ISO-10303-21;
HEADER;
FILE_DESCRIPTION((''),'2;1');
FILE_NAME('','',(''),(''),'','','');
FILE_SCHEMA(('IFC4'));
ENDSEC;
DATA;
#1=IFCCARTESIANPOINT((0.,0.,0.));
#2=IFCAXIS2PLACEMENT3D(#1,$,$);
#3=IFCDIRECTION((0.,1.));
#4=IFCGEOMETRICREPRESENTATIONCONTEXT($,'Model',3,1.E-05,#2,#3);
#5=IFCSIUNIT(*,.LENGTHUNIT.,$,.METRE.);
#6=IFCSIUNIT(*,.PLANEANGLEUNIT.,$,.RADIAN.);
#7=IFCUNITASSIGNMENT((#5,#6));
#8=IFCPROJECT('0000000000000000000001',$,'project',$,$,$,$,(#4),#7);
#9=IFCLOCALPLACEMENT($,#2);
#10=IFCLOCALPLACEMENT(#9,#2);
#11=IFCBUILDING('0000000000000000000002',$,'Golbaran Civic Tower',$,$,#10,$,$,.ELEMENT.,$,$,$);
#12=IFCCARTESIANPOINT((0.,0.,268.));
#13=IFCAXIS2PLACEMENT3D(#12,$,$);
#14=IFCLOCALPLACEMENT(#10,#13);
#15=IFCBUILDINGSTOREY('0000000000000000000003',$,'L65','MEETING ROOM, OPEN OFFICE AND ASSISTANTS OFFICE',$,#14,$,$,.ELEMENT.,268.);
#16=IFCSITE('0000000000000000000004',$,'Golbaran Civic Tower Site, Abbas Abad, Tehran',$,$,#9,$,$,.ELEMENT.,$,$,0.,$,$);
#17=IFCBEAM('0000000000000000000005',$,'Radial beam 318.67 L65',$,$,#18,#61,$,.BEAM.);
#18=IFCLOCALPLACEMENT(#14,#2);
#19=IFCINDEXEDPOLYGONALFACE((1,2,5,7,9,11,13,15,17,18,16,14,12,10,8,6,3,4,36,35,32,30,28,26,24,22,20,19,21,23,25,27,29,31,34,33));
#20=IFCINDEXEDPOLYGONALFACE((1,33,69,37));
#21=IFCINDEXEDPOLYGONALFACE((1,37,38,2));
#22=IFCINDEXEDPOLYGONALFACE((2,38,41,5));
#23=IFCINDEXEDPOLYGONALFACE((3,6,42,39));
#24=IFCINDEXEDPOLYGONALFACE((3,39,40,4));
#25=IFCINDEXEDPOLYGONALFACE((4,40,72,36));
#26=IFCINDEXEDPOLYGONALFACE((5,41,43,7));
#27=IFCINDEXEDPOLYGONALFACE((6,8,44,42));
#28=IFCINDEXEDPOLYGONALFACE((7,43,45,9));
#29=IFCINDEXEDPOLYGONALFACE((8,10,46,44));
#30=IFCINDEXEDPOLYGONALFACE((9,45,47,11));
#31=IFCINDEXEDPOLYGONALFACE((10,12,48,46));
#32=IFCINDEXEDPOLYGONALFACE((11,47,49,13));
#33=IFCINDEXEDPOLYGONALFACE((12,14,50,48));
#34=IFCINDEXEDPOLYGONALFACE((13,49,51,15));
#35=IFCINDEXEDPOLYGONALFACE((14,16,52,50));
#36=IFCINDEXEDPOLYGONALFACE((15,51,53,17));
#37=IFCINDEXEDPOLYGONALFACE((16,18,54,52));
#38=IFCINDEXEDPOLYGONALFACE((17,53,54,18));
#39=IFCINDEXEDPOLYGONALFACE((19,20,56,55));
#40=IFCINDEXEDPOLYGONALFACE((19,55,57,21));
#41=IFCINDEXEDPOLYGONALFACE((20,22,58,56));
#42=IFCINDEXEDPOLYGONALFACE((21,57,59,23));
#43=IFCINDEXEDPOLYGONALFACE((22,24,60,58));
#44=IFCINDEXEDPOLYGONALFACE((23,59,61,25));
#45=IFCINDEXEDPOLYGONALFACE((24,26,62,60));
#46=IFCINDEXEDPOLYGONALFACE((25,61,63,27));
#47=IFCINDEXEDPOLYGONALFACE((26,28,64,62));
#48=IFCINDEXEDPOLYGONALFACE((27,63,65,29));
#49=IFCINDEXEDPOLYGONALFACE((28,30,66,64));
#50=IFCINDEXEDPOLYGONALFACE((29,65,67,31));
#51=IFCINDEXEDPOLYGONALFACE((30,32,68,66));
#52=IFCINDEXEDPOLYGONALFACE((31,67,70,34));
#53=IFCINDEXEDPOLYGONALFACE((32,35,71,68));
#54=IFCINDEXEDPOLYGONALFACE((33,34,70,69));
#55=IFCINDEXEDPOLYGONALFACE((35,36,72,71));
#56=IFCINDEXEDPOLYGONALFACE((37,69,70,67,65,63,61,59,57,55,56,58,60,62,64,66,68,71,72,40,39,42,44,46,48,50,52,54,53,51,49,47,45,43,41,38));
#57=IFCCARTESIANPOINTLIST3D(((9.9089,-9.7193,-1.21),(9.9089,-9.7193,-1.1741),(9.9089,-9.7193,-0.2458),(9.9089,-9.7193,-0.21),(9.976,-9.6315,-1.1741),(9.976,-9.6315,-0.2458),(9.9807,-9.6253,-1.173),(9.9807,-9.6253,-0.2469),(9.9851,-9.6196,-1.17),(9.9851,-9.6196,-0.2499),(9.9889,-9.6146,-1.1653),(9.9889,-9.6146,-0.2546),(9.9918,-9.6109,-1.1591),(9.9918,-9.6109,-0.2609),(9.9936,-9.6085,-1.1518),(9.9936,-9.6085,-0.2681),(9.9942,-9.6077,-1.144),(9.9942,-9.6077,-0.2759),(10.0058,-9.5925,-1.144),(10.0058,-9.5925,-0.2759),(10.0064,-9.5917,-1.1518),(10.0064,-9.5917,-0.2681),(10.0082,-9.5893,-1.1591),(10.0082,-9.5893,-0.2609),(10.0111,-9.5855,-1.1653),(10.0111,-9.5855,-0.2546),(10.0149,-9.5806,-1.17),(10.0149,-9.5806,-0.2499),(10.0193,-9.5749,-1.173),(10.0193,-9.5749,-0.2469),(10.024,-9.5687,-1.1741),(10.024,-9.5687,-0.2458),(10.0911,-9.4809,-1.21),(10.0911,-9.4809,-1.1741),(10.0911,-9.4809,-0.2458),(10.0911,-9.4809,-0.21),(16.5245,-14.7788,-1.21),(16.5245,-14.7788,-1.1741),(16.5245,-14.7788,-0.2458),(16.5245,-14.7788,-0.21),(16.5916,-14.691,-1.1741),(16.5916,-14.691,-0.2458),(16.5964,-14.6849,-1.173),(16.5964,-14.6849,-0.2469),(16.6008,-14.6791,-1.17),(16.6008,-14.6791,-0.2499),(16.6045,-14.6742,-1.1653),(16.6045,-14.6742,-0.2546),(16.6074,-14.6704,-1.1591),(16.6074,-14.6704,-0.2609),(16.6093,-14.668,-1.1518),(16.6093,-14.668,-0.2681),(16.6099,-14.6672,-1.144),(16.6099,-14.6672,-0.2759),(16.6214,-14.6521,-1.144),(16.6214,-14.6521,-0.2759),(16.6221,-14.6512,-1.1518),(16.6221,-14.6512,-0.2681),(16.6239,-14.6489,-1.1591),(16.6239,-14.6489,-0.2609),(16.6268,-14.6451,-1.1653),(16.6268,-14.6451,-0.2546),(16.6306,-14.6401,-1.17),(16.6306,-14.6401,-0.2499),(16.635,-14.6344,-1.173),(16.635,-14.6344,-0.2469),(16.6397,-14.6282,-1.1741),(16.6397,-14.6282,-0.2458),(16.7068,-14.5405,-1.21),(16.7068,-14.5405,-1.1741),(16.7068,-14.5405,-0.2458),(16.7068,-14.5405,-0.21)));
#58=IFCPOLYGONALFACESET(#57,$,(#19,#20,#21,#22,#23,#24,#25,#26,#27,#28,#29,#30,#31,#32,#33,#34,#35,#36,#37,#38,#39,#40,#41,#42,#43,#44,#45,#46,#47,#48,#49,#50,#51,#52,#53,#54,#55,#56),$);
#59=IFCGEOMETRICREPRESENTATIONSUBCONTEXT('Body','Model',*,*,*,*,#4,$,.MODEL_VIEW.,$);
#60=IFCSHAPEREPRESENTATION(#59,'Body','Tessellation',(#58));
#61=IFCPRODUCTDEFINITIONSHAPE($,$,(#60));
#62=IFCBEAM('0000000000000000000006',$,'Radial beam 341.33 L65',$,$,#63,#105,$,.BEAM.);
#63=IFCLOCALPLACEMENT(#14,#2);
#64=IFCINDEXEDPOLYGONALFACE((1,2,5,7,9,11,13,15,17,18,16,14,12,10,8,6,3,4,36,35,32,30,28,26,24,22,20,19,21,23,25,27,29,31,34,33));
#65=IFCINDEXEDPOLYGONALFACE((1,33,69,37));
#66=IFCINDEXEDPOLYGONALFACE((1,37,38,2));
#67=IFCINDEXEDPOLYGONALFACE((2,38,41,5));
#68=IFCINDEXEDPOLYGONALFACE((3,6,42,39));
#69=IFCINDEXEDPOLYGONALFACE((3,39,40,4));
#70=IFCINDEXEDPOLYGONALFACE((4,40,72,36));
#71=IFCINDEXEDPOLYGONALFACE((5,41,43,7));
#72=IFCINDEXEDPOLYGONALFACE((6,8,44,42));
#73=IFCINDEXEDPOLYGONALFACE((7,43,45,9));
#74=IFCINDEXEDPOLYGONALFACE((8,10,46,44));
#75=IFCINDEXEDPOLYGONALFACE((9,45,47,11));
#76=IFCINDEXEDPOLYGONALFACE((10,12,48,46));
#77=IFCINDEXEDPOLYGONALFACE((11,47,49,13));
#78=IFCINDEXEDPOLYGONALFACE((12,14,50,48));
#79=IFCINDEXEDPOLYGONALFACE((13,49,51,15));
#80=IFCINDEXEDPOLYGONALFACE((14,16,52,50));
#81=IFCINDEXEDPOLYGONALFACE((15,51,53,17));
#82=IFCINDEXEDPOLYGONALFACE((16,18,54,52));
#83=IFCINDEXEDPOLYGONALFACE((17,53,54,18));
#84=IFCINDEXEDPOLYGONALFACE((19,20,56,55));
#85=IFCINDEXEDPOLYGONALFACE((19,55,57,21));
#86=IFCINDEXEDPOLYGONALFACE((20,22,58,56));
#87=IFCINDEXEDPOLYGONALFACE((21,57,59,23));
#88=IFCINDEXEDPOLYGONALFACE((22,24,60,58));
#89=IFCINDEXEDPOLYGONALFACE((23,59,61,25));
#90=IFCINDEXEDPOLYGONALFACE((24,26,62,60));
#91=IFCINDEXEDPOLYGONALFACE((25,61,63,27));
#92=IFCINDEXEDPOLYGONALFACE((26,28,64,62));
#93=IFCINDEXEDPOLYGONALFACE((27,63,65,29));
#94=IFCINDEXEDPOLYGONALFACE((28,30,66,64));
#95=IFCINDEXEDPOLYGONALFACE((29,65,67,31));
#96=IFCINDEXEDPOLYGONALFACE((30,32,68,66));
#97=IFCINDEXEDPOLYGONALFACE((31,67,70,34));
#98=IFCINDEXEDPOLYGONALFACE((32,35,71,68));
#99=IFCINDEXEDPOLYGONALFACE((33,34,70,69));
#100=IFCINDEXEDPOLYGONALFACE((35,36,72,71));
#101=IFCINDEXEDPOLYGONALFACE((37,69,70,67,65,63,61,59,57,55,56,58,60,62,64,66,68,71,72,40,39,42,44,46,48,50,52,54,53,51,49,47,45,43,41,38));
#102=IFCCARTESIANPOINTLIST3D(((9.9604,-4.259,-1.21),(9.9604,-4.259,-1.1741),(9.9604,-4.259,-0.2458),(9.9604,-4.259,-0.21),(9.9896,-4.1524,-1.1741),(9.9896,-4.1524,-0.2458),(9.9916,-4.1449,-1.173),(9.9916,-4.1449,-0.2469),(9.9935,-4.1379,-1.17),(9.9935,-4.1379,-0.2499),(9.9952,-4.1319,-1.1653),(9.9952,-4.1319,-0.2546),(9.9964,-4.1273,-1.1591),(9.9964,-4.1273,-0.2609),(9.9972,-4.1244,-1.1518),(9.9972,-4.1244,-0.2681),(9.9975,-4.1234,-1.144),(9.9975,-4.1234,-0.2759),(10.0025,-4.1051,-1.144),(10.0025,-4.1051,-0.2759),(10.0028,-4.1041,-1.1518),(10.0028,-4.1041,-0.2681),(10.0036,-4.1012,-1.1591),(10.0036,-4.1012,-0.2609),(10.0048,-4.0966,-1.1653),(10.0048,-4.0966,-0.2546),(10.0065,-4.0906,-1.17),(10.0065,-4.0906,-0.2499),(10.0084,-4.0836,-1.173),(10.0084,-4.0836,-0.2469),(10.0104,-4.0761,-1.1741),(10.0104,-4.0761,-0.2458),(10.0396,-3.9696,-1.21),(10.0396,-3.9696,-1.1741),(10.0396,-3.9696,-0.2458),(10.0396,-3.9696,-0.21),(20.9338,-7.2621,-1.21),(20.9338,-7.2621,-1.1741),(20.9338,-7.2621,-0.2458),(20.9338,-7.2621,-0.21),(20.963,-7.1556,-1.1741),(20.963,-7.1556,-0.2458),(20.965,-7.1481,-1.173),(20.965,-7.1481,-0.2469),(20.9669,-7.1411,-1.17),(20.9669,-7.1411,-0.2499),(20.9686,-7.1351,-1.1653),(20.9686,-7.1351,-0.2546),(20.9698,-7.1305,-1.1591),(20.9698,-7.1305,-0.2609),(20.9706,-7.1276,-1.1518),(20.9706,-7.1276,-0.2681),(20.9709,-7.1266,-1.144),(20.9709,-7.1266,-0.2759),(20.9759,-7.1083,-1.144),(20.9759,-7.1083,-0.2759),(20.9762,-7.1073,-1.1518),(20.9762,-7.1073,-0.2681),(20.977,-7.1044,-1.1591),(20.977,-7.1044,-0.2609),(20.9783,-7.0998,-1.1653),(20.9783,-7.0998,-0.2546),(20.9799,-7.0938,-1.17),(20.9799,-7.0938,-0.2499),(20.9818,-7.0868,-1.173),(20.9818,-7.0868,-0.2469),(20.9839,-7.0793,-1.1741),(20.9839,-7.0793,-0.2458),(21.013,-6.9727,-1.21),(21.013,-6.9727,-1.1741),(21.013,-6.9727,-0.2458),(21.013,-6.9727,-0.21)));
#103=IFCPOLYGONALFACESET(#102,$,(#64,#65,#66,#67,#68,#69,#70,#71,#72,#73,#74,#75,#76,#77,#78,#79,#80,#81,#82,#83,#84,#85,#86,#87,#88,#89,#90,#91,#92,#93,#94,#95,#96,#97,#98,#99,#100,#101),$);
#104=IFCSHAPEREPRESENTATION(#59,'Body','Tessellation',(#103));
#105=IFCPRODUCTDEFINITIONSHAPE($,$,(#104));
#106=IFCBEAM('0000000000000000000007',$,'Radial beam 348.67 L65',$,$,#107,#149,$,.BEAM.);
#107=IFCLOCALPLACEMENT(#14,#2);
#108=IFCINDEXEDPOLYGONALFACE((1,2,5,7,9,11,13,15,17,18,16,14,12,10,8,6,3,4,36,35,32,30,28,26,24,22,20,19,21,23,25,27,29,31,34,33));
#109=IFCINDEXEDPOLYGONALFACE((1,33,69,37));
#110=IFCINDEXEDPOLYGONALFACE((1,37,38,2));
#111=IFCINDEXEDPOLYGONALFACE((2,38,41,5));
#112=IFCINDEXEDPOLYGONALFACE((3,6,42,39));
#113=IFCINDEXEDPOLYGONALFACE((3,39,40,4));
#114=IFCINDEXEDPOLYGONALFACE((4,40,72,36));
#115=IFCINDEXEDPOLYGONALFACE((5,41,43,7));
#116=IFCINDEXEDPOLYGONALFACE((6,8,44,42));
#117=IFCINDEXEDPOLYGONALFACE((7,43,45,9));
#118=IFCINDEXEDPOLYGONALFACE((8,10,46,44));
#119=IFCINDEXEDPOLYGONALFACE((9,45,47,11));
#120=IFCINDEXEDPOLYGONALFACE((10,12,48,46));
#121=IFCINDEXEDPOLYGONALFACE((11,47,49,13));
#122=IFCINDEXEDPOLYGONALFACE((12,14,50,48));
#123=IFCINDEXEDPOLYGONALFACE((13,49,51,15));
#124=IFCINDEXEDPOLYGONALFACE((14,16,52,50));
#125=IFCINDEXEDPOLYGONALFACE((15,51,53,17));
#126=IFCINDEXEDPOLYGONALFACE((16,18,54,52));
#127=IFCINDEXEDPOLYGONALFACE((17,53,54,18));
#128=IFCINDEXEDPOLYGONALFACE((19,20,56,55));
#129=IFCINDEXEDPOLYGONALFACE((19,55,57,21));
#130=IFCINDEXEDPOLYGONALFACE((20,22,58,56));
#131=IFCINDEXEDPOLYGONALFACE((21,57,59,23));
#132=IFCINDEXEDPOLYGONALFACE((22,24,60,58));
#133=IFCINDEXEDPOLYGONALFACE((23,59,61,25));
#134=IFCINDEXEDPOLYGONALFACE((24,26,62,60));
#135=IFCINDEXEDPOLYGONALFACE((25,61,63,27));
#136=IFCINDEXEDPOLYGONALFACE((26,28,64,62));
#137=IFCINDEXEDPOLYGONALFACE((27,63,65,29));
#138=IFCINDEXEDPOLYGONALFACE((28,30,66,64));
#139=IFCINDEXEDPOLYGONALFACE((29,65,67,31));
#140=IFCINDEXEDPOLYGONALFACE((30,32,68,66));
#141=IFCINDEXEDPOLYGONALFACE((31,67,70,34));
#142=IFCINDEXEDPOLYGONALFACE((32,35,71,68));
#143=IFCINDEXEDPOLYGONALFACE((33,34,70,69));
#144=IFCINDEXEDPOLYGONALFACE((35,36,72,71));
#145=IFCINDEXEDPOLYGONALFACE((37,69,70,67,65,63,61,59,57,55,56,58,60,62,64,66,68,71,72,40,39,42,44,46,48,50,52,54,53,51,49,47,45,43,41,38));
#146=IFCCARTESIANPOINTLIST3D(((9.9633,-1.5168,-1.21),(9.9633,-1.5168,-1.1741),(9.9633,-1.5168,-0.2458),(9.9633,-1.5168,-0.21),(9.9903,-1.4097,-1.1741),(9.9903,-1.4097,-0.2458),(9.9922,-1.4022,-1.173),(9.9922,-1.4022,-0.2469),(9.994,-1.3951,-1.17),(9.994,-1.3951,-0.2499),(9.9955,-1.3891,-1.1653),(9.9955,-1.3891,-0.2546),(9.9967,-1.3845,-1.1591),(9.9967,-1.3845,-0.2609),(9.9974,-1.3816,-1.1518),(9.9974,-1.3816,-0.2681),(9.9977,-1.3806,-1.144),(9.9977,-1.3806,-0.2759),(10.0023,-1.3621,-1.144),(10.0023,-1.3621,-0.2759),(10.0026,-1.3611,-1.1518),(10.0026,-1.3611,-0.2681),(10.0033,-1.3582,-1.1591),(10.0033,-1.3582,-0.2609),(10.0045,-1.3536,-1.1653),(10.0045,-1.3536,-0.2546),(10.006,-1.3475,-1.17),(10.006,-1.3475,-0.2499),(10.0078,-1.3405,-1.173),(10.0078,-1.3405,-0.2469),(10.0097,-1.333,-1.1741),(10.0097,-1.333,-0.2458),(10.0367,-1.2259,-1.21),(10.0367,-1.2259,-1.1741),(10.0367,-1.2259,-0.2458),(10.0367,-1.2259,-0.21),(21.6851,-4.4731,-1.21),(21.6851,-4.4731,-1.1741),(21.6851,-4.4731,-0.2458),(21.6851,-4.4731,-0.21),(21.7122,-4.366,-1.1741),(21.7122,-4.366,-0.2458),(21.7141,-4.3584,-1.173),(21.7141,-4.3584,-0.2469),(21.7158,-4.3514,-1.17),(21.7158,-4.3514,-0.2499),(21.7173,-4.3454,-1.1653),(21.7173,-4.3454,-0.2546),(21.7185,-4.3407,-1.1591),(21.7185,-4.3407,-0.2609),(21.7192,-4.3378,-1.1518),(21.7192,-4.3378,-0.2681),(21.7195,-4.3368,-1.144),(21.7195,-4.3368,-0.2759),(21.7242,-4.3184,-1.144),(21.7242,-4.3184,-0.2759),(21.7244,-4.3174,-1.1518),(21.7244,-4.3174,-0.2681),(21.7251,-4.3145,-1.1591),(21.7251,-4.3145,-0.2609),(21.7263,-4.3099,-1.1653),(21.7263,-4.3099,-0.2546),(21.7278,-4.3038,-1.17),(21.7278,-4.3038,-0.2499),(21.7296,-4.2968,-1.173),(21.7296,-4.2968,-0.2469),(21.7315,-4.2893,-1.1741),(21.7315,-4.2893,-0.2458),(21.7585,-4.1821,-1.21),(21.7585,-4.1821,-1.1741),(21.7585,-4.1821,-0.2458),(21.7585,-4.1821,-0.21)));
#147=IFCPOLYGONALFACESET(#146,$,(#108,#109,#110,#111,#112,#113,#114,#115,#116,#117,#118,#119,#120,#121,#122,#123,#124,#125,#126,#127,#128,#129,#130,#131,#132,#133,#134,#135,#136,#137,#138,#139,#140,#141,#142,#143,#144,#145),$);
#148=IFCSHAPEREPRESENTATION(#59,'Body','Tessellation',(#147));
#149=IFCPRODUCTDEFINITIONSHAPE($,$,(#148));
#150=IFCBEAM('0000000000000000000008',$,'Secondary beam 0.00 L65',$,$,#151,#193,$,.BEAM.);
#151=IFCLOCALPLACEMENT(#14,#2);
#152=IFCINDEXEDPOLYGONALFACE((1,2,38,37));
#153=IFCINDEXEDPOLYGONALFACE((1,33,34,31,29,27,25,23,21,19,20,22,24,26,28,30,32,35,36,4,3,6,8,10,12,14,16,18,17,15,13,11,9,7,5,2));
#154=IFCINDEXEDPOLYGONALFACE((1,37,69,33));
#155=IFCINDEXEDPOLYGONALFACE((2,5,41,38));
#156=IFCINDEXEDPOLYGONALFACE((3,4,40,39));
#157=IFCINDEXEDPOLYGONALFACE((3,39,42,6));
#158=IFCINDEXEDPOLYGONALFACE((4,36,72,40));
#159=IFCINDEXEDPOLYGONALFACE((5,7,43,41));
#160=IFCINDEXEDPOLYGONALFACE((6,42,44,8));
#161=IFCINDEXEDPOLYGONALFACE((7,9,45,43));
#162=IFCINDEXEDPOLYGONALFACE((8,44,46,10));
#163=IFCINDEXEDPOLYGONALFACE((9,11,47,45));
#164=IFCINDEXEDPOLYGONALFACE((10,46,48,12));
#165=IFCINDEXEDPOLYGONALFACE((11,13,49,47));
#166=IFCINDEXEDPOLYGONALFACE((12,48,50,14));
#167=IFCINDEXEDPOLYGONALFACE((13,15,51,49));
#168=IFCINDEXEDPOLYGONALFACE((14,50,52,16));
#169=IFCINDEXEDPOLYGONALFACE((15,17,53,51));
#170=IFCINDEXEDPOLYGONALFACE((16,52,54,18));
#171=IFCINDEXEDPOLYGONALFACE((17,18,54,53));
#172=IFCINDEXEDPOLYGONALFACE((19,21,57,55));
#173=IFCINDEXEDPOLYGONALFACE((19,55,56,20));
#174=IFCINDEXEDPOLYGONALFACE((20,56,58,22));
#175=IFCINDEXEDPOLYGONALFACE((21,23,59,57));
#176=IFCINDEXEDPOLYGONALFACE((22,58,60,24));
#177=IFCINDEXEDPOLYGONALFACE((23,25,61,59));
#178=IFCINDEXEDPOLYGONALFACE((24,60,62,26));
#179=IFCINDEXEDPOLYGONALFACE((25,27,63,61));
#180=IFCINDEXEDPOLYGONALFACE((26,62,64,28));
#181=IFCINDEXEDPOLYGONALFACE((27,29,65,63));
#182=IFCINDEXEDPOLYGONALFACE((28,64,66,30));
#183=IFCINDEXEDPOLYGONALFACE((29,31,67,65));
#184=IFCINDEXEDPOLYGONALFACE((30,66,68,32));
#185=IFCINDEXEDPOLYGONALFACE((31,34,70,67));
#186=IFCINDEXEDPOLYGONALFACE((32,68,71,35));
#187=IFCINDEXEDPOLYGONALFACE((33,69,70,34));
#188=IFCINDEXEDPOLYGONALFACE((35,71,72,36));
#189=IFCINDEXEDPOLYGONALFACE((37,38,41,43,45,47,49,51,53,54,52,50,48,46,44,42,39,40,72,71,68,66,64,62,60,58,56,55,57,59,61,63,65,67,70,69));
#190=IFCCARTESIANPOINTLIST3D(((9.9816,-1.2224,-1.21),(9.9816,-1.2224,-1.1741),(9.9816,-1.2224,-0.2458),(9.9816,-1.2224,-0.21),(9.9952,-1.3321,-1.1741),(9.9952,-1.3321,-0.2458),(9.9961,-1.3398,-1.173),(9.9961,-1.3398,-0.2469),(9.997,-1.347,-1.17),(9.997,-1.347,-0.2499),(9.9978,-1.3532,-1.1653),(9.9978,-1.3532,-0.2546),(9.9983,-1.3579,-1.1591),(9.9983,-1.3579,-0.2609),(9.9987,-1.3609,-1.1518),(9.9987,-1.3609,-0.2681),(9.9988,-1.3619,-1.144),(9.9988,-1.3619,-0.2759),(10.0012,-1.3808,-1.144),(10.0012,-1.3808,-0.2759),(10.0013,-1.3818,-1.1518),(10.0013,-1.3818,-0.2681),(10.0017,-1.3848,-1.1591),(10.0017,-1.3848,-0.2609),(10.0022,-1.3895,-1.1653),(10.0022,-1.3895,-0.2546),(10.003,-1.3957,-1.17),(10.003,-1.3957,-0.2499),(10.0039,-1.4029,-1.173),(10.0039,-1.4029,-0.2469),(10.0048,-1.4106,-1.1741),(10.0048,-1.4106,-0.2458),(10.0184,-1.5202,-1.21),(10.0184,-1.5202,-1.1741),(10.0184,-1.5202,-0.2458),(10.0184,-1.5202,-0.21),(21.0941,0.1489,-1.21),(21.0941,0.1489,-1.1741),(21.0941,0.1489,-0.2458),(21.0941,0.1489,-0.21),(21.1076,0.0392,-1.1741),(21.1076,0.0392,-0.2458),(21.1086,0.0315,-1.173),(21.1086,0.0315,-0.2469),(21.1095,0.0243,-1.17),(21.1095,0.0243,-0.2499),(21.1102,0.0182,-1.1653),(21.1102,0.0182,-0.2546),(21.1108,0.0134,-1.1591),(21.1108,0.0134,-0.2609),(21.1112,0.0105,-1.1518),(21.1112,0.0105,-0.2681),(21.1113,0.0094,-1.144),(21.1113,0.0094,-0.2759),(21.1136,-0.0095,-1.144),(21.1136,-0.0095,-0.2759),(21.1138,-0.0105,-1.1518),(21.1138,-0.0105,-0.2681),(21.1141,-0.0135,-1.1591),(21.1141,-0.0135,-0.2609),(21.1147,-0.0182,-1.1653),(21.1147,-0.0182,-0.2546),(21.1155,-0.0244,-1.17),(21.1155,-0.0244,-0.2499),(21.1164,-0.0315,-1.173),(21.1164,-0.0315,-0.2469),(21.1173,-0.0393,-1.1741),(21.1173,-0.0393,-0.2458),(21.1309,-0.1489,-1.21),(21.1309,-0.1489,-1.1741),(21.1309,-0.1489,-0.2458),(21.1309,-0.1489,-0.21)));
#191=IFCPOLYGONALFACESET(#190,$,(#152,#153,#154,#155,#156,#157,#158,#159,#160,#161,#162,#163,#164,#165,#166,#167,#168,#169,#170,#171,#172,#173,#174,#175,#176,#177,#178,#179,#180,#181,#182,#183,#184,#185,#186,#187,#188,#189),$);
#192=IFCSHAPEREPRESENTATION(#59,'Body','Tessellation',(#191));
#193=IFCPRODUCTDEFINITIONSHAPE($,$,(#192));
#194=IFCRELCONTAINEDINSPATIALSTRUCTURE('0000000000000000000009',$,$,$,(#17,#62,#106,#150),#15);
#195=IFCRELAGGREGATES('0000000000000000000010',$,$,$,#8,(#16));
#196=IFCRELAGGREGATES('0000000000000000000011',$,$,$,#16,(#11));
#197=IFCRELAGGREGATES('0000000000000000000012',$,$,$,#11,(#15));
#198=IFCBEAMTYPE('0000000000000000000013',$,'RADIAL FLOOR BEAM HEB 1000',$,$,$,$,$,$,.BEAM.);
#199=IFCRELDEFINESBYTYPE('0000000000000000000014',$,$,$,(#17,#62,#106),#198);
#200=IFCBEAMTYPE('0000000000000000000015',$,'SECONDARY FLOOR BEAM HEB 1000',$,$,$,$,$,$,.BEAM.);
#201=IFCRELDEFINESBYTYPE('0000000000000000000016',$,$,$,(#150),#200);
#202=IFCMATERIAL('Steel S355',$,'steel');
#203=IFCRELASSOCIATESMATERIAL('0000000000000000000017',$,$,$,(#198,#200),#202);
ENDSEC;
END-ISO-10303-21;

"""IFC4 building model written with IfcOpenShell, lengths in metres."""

from ifc_helpers import new_model, si_unit, direction, frame, origin, origin_2d, place, context, subcontext, project, spatial, i_section, extrude, material, material_profile, profile_set, type_object, element, save


model = new_model("IFC4")

# Units and contexts
model_context = context("Model", 3, precision=1e-05, world=origin(), true_north=direction((0.0, 1.0)))
body_context = subcontext(model_context, "Body", "Model", "MODEL_VIEW")
ifc_project = project(units=[si_unit("LENGTHUNIT", "METRE"), si_unit("PLANEANGLEUNIT", "RADIAN")], contexts=[model_context])

# Site, building, storey
site_placement = place(None, origin())
site = spatial("IfcSite", under=ifc_project, at=site_placement, Name="Golbaran Civic Tower Site, Abbas Abad, Tehran", CompositionType="ELEMENT", RefElevation=0.0)
building_placement = place(site_placement, origin())
building = spatial("IfcBuilding", under=site, at=building_placement, Name="Golbaran Civic Tower", CompositionType="ELEMENT")
storey_placement = place(building_placement, frame((0.0, 0.0, 268.0)))
storey = spatial("IfcBuildingStorey", under=building, at=storey_placement, Name="L65", Description="MEETING ROOM, OPEN OFFICE AND ASSISTANTS OFFICE", CompositionType="ELEMENT", Elevation=268.0)

# Beams
ifc_material_1 = material(Name="Steel S355", Category="steel")
ifc_material_profile_1 = material_profile(ifc_material_1, i_section(OverallWidth=0.3, OverallDepth=1.0, WebThickness=0.019, FlangeThickness=0.0359, FilletRadius=0.03, at=origin_2d()), Name="HEB 1000")
ifc_profile_set_1 = profile_set([ifc_material_profile_1], Name="Steel S355")
beam_type_1 = type_object("IfcBeamType", Name="RADIAL FLOOR BEAM HEB 1000", PredefinedType="BEAM", material=ifc_profile_set_1)
beam_1_placement = place(storey_placement, frame((10.0, -9.6001, -0.71), z_axis=(0.79433, -0.607487, 0.0), x_axis=(0.607487, 0.79433, 0.0)))
element("IfcBeam", 1, at=beam_1_placement, inside=storey, type_object=beam_type_1, Name="Radial beam 318.67 L65", PredefinedType="BEAM", context=body_context, shape_type="SweptSolid", body=[
    extrude(i_section(OverallWidth=0.3, OverallDepth=1.0, WebThickness=0.019, FlangeThickness=0.0359, FilletRadius=0.03, at=origin_2d()), origin(), (0.0, 0.0, 1.0), 8.3286),
])
beam_2_placement = place(storey_placement, frame((10.0, -4.1143, -0.71), z_axis=(0.964531, -0.263971, 0.0), x_axis=(0.263971, 0.964531, 0.0)))
element("IfcBeam", 2, at=beam_2_placement, inside=storey, type_object=beam_type_1, Name="Radial beam 341.33 L65", PredefinedType="BEAM", context=body_context, shape_type="SweptSolid", body=[
    extrude(i_section(OverallWidth=0.3, OverallDepth=1.0, WebThickness=0.019, FlangeThickness=0.0359, FilletRadius=0.03, at=origin_2d()), origin(), (0.0, 0.0, 1.0), 11.377),
])
beam_3_placement = place(storey_placement, frame((10.0, -1.3713, -0.71), z_axis=(0.969638, -0.244545, 0.0), x_axis=(0.244545, 0.969638, 0.0)))
element("IfcBeam", 3, at=beam_3_placement, inside=storey, type_object=beam_type_1, Name="Radial beam 348.67 L65", PredefinedType="BEAM", context=body_context, shape_type="SweptSolid", body=[
    extrude(i_section(OverallWidth=0.3, OverallDepth=1.0, WebThickness=0.019, FlangeThickness=0.0359, FilletRadius=0.03, at=origin_2d()), origin(), (0.0, 0.0, 1.0), 12.0889),
])
ifc_material_profile_2 = material_profile(ifc_material_1, i_section(OverallWidth=0.3, OverallDepth=1.0, WebThickness=0.019, FlangeThickness=0.0359, FilletRadius=0.03, at=origin_2d()), Name="HEB 1000")
ifc_profile_set_2 = profile_set([ifc_material_profile_2], Name="Steel S355")
beam_type_2 = type_object("IfcBeamType", Name="SECONDARY FLOOR BEAM HEB 1000", PredefinedType="BEAM", material=ifc_profile_set_2)
beam_4_placement = place(storey_placement, frame((10.0, -1.3713, -0.71), z_axis=(0.992472, 0.122475, 0.0), x_axis=(-0.122475, 0.992472, 0.0)))
element("IfcBeam", 4, at=beam_4_placement, inside=storey, type_object=beam_type_2, Name="Secondary beam 0.00 L65", PredefinedType="BEAM", context=body_context, shape_type="SweptSolid", body=[
    extrude(i_section(OverallWidth=0.3, OverallDepth=1.0, WebThickness=0.019, FlangeThickness=0.0359, FilletRadius=0.03, at=origin_2d()), origin(), (0.0, 0.0, 1.0), 11.1968),
])

save(model, "model.ifc")
